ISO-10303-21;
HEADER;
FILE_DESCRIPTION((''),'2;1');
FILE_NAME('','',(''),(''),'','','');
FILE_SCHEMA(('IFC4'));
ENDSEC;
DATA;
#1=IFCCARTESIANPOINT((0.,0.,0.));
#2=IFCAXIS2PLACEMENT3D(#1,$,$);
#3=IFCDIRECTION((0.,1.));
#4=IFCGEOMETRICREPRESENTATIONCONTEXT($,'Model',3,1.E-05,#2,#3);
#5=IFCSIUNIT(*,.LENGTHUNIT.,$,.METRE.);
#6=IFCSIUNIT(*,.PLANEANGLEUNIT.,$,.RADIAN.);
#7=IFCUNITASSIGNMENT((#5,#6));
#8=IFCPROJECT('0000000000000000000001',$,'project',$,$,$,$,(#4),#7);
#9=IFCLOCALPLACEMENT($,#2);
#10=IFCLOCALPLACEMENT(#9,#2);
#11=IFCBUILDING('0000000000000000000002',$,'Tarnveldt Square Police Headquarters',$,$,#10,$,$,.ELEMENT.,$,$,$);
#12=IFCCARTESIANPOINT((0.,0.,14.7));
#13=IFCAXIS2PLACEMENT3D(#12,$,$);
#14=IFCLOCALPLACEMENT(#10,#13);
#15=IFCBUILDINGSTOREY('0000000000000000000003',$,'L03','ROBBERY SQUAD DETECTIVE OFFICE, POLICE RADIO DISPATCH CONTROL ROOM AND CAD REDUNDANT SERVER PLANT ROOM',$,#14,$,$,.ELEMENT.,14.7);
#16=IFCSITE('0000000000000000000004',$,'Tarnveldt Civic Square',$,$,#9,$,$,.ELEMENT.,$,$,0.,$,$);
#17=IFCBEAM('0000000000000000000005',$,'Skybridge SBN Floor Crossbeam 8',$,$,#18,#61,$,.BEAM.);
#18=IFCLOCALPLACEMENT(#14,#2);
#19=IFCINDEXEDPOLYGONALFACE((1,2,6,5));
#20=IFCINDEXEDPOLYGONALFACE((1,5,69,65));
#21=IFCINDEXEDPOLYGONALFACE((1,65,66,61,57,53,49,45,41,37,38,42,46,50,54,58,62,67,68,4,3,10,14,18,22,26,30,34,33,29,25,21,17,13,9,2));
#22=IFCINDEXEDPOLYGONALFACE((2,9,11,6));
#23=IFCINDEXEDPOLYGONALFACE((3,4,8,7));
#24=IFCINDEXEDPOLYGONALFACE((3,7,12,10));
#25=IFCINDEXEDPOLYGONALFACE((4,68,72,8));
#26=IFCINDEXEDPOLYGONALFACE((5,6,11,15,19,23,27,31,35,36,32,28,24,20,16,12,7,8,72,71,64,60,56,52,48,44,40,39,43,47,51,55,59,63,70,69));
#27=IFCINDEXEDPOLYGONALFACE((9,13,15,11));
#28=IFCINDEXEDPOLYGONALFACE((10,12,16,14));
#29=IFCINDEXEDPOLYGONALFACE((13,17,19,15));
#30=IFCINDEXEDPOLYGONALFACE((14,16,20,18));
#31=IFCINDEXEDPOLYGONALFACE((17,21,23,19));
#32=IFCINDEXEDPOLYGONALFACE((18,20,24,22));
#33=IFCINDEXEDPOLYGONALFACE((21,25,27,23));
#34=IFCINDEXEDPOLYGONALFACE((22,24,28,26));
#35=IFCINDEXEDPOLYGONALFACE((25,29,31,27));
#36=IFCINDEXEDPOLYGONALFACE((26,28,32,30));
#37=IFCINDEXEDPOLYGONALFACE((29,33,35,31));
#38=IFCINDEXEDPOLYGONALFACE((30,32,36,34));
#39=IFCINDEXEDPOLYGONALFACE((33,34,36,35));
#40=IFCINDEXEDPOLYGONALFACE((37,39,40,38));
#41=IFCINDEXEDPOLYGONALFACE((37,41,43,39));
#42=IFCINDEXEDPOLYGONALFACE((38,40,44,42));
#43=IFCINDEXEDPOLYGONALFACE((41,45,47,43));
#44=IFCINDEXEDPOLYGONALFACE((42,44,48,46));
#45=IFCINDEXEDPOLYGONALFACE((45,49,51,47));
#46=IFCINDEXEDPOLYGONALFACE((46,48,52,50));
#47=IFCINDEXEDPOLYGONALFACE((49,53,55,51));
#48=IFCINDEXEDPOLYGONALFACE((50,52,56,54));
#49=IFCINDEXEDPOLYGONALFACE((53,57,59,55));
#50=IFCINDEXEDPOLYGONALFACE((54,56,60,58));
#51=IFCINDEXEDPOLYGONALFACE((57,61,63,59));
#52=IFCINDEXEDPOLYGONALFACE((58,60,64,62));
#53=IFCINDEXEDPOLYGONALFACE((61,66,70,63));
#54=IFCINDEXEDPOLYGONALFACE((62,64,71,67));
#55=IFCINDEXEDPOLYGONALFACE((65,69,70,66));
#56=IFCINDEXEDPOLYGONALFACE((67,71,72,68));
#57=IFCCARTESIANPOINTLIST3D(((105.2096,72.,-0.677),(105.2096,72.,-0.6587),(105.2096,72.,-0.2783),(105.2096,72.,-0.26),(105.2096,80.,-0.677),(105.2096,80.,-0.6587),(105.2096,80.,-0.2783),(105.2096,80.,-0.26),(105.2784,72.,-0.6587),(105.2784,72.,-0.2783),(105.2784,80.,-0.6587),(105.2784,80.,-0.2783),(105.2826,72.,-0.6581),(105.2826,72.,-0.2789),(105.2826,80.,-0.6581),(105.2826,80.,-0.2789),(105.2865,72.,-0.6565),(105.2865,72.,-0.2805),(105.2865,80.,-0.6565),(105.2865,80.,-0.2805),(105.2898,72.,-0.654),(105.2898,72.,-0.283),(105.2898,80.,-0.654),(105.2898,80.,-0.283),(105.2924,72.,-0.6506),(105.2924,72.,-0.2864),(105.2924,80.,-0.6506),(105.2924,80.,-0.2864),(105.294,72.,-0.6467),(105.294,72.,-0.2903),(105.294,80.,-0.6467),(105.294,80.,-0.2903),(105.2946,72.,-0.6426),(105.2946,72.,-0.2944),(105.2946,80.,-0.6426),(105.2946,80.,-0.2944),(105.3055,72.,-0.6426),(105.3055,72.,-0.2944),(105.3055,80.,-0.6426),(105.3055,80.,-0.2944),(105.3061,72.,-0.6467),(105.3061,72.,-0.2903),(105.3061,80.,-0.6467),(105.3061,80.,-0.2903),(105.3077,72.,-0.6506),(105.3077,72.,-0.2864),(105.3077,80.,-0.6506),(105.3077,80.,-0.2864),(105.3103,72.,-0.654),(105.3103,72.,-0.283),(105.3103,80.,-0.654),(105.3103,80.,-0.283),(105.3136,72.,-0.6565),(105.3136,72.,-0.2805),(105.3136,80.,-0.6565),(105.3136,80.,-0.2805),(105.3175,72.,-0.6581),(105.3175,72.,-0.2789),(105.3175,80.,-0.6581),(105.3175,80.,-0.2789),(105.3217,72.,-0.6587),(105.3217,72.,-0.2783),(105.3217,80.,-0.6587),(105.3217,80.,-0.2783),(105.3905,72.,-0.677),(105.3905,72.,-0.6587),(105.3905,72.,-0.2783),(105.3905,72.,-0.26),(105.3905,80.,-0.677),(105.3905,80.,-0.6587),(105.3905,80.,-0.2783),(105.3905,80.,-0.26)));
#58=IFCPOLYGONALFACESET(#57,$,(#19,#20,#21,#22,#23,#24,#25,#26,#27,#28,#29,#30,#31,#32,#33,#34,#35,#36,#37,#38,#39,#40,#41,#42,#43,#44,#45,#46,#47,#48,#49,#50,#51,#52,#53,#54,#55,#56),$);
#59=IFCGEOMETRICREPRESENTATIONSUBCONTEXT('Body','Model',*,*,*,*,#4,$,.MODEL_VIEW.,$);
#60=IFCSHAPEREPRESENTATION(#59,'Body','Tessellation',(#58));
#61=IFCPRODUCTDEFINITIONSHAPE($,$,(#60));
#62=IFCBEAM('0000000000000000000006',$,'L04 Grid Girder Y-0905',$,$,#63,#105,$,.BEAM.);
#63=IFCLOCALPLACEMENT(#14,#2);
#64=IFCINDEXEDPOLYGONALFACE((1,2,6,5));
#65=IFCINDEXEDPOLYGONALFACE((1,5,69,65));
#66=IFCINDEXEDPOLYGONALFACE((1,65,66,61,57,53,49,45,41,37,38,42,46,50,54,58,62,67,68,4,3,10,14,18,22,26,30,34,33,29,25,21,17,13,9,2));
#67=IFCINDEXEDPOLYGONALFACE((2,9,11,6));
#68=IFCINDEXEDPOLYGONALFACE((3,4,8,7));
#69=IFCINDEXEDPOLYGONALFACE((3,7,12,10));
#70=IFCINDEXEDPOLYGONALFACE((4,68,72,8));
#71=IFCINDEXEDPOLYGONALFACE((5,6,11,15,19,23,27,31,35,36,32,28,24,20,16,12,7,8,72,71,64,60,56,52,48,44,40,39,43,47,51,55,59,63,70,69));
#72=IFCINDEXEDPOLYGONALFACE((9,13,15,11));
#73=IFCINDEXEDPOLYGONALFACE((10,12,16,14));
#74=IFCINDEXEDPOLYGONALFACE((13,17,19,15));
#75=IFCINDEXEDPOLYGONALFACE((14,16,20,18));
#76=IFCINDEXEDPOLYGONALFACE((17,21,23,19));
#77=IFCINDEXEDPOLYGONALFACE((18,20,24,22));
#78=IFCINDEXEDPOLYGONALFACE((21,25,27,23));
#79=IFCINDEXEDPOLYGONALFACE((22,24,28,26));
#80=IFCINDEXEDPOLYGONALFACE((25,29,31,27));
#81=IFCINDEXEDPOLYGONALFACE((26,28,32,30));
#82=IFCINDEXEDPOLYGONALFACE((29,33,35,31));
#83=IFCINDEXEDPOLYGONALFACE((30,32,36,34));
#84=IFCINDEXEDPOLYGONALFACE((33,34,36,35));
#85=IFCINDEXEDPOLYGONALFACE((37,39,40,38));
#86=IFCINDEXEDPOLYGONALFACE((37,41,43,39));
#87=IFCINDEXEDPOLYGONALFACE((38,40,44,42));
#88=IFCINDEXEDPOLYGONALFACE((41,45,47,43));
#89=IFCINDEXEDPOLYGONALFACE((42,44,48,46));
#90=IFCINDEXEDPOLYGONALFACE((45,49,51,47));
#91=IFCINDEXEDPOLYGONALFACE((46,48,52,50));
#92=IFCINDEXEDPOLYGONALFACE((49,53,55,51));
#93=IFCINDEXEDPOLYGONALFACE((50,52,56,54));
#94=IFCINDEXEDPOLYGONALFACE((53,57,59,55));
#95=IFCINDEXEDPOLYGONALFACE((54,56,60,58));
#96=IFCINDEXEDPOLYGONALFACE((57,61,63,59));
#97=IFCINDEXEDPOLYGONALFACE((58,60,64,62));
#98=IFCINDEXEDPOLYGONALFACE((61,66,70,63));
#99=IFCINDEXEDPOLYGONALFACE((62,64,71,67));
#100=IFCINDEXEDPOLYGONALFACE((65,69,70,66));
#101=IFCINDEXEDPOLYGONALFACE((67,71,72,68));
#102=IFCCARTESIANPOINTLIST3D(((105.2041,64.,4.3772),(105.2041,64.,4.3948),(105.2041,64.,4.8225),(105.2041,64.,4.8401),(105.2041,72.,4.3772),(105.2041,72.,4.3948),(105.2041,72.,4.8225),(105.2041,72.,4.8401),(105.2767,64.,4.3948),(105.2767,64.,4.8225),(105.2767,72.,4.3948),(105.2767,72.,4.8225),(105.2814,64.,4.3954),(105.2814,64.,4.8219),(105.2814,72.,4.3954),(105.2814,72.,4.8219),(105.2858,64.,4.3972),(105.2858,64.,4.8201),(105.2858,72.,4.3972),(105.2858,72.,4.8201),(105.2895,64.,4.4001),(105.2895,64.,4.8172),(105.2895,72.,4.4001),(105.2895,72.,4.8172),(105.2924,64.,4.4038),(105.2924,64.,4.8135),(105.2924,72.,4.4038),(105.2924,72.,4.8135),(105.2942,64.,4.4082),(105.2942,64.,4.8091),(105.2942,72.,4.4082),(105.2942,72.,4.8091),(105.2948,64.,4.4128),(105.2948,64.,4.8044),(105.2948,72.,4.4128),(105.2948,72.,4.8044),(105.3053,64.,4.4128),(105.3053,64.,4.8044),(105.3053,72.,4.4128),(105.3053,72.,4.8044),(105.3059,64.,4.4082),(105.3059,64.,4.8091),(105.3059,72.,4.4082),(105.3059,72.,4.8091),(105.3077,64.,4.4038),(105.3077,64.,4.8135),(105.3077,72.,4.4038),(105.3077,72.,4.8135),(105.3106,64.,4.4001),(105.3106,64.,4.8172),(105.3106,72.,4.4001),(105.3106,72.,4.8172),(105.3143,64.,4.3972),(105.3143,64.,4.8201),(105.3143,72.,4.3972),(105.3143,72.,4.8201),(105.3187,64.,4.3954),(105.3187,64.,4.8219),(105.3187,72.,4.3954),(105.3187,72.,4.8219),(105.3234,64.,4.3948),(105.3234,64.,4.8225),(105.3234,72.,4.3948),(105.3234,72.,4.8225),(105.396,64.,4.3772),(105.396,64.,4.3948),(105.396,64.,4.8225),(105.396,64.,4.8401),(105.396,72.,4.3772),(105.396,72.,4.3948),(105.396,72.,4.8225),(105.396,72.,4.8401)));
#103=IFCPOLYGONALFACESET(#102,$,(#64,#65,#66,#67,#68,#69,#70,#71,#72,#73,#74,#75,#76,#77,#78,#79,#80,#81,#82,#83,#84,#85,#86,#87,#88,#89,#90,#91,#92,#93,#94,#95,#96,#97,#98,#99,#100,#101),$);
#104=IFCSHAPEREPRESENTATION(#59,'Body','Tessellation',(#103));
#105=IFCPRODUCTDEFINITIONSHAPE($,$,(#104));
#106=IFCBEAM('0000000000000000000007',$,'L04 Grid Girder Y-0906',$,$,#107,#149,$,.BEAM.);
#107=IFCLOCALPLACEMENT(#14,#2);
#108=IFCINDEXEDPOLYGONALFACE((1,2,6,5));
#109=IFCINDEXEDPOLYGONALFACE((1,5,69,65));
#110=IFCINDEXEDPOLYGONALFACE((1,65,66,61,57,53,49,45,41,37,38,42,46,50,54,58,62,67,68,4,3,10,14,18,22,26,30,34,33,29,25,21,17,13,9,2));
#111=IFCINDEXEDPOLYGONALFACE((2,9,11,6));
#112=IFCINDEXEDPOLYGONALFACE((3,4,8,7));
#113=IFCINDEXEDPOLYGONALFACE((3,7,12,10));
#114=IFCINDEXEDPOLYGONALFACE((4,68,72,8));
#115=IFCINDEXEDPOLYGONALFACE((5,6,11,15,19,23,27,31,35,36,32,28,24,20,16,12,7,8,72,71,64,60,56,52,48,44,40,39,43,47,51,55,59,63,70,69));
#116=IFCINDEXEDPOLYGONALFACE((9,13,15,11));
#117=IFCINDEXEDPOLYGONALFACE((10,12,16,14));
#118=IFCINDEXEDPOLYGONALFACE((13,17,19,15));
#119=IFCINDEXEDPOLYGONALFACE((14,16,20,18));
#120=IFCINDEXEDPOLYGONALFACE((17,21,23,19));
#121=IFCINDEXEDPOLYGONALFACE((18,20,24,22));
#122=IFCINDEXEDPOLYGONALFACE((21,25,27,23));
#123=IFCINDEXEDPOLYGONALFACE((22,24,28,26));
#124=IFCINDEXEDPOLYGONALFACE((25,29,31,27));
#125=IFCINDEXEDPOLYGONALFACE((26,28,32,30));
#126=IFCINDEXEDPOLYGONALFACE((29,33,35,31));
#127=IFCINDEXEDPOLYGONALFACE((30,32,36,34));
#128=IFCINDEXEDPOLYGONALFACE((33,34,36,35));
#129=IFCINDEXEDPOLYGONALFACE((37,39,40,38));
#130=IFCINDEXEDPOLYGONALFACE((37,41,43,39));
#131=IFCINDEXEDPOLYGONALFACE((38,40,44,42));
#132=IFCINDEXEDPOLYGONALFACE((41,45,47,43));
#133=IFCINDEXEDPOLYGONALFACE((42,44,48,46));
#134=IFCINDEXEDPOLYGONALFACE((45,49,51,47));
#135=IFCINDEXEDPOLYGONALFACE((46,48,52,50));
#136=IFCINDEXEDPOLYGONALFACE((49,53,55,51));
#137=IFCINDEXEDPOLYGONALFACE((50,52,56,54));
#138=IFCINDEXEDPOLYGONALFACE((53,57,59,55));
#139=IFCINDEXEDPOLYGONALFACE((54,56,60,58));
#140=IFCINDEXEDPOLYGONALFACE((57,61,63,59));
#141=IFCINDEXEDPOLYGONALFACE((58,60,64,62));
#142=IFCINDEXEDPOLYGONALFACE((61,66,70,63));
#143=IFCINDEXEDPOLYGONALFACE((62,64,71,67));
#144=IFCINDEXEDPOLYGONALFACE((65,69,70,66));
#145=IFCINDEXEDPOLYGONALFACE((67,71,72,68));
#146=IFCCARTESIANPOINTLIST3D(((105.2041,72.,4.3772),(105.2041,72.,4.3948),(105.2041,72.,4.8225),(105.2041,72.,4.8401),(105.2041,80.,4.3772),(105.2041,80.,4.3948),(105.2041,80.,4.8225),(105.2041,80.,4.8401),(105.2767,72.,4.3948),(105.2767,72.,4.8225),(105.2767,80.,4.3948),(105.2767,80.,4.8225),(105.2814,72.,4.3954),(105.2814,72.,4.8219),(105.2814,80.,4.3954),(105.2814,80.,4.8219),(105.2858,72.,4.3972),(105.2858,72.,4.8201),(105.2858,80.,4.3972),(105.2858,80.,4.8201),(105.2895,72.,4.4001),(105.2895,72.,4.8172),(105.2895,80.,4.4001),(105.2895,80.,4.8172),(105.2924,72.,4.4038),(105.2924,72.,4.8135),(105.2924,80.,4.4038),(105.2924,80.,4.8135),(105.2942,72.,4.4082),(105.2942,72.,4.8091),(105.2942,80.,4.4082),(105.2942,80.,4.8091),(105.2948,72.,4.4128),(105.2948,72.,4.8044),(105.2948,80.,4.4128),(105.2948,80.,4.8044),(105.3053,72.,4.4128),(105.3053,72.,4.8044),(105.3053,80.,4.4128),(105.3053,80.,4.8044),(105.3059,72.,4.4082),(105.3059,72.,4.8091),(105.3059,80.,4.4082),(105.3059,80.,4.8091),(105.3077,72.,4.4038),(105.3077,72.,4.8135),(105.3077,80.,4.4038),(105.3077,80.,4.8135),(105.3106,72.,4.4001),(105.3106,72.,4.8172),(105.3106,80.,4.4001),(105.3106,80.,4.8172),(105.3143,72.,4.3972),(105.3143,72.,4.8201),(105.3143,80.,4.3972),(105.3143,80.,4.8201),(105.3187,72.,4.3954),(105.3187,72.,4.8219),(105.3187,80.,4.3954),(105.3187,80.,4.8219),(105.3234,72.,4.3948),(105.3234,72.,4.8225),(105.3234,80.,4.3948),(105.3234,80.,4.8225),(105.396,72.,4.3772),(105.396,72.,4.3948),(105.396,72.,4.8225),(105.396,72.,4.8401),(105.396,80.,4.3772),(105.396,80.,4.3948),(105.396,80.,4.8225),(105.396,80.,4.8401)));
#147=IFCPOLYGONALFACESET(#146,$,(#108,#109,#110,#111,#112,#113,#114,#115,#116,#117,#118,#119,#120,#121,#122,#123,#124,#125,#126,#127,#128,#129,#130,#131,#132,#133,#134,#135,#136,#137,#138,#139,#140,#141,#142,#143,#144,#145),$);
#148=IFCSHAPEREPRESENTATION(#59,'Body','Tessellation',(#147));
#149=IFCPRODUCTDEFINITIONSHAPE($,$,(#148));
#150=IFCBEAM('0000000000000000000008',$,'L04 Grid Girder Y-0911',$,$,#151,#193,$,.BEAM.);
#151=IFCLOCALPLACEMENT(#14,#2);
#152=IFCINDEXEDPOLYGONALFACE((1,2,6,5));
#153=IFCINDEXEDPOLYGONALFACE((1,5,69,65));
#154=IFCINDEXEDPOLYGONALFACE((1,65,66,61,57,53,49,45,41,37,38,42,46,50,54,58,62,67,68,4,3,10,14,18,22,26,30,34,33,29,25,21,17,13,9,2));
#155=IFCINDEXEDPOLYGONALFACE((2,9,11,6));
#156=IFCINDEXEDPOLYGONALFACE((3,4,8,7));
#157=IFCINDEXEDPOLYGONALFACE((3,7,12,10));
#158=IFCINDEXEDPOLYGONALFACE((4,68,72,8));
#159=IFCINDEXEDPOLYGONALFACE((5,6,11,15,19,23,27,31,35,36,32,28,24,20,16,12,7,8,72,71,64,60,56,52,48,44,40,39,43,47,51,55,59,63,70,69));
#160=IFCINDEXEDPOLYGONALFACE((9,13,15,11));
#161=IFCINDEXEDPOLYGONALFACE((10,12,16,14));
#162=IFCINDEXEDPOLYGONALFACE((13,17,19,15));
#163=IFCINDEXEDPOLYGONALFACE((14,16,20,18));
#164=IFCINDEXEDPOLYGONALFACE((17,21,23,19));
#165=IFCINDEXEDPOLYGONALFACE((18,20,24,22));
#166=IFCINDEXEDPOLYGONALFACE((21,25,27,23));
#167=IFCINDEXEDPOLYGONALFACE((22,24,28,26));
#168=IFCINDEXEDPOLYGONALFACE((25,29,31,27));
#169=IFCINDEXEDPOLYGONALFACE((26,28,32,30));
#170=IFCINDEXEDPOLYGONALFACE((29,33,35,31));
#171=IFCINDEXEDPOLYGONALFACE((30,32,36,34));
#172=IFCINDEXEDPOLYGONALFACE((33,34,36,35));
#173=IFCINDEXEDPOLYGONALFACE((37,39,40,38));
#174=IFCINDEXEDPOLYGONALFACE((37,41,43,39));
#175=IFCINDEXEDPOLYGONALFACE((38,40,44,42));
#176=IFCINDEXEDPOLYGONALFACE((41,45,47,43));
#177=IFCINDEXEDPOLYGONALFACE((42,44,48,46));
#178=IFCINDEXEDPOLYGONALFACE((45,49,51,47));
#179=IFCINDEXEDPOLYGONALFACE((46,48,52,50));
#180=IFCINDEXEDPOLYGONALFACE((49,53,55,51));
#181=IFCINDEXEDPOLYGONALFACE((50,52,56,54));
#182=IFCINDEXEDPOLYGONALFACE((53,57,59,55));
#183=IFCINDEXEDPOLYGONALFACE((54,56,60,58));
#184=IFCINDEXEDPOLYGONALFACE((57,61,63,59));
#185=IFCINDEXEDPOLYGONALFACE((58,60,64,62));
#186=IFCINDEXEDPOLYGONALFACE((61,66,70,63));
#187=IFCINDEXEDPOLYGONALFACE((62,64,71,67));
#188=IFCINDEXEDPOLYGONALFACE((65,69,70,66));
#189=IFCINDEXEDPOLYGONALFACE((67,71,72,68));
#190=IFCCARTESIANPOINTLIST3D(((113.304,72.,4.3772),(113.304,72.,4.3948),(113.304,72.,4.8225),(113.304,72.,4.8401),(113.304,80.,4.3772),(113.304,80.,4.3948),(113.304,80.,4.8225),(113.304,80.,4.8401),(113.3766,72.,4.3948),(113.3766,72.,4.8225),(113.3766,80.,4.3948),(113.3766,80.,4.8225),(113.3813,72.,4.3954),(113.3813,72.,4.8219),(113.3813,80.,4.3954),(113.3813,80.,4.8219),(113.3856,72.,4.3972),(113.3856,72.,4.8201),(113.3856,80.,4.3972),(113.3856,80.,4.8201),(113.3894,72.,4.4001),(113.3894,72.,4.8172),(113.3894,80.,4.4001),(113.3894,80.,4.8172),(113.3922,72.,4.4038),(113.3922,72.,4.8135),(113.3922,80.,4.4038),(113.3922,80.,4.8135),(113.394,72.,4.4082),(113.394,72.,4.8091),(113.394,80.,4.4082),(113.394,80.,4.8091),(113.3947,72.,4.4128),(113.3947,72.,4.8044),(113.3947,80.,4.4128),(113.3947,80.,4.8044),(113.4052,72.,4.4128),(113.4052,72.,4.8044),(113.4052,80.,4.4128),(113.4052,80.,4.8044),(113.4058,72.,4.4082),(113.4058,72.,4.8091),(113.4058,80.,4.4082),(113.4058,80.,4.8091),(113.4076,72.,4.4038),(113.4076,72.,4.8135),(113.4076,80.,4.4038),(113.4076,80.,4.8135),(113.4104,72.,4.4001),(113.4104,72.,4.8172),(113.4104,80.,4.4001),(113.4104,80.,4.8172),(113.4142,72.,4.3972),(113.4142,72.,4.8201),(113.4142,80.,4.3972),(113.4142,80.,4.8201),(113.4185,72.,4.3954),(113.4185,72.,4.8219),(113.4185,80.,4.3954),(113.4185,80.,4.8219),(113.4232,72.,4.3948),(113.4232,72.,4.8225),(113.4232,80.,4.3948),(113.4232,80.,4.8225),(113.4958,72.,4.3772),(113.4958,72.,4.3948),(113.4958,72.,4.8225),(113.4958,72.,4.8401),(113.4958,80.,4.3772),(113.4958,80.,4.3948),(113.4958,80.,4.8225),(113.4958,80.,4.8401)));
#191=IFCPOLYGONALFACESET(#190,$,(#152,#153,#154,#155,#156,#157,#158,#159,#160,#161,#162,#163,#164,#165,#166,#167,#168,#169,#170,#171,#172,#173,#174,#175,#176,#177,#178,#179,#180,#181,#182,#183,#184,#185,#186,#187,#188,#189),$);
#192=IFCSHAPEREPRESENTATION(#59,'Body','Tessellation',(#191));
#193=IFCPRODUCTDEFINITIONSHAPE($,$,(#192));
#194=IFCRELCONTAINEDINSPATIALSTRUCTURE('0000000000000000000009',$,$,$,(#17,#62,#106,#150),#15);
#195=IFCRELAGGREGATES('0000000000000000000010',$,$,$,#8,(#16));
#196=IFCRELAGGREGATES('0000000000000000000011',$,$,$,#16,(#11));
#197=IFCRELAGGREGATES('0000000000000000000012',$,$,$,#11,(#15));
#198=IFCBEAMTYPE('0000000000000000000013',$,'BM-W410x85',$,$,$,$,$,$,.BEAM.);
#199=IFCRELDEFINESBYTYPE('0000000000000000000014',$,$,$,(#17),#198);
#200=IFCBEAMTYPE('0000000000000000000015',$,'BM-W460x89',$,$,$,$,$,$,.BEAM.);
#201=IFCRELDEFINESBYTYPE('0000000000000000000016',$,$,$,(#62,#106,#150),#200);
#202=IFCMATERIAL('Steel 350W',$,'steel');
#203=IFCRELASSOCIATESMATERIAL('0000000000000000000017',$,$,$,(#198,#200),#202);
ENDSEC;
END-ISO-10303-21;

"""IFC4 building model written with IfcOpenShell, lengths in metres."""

from ifc_helpers import new_model, si_unit, direction, frame, origin, origin_2d, place, context, subcontext, project, spatial, i_section, extrude, material, material_profile, profile_set, type_object, element, save


model = new_model("IFC4")

# Units and contexts
model_context = context("Model", 3, precision=1e-05, world=origin(), true_north=direction((0.0, 1.0)))
body_context = subcontext(model_context, "Body", "Model", "MODEL_VIEW")
ifc_project = project(units=[si_unit("LENGTHUNIT", "METRE"), si_unit("PLANEANGLEUNIT", "RADIAN")], contexts=[model_context])

# Site, building, storey
site_placement = place(None, origin())
site = spatial("IfcSite", under=ifc_project, at=site_placement, Name="Tarnveldt Civic Square", CompositionType="ELEMENT", RefElevation=0.0)
building_placement = place(site_placement, origin())
building = spatial("IfcBuilding", under=site, at=building_placement, Name="Tarnveldt Square Police Headquarters", CompositionType="ELEMENT")
storey_placement = place(building_placement, frame((0.0, 0.0, 14.7)))
storey = spatial("IfcBuildingStorey", under=building, at=storey_placement, Name="L03", Description="ROBBERY SQUAD DETECTIVE OFFICE, POLICE RADIO DISPATCH CONTROL ROOM AND CAD REDUNDANT SERVER PLANT ROOM", CompositionType="ELEMENT", Elevation=14.7)

# Shared definitions
ifc_material_1 = material(Name="Steel 350W", Category="steel")

# Beams
ifc_material_profile_1 = material_profile(ifc_material_1, i_section(OverallWidth=0.1809, OverallDepth=0.417, WebThickness=0.011, FlangeThickness=0.0183, FilletRadius=0.0161, at=origin_2d()), Name="W410x85")
ifc_profile_set_1 = profile_set([ifc_material_profile_1], Name="Steel 350W")
beam_type_1 = type_object("IfcBeamType", Name="BM-W410x85", PredefinedType="BEAM", material=ifc_profile_set_1)
beam_1_placement = place(storey_placement, frame((105.3, 72.0, -0.4685), z_axis=(0.0, 1.0, 0.0), x_axis=(-1.0, 0.0, 0.0)))
element("IfcBeam", 1, at=beam_1_placement, inside=storey, type_object=beam_type_1, Name="Skybridge SBN Floor Crossbeam 8", PredefinedType="BEAM", context=body_context, shape_type="SweptSolid", body=[
    extrude(i_section(OverallWidth=0.1809, OverallDepth=0.417, WebThickness=0.011, FlangeThickness=0.0183, FilletRadius=0.0161, at=origin_2d()), origin(), (0.0, 0.0, 1.0), 8.0),
])
ifc_material_profile_2 = material_profile(ifc_material_1, i_section(OverallWidth=0.1919, OverallDepth=0.4629, WebThickness=0.0105, FlangeThickness=0.0176, FilletRadius=0.0181, at=origin_2d()), Name="W460x89")
ifc_profile_set_2 = profile_set([ifc_material_profile_2], Name="Steel 350W")
beam_type_2 = type_object("IfcBeamType", Name="BM-W460x89", PredefinedType="BEAM", material=ifc_profile_set_2)
for number, where, z_axis, x_axis, name in (
    (2, (105.3, 64.0, 4.6086), (0.0, 1.0, 0.0), (-1.0, 0.0, 0.0), "L04 Grid Girder Y-0905"),
    (3, (105.3, 72.0, 4.6086), (0.0, 1.0, 0.0), (-1.0, 0.0, 0.0), "L04 Grid Girder Y-0906"),
    (4, (113.3999, 72.0, 4.6086), (0.0, 1.0, 0.0), (-1.0, 0.0, 0.0), "L04 Grid Girder Y-0911"),
):
    element("IfcBeam", number, at=place(storey_placement, frame(where, z_axis=z_axis, x_axis=x_axis)), inside=storey, type_object=beam_type_2, Name=name, PredefinedType="BEAM", context=body_context, shape_type="SweptSolid", body=[
        extrude(i_section(OverallWidth=0.1919, OverallDepth=0.4629, WebThickness=0.0105, FlangeThickness=0.0176, FilletRadius=0.0181, at=origin_2d()), origin(), (0.0, 0.0, 1.0), 8.0),
    ])

save(model, "model.ifc")
